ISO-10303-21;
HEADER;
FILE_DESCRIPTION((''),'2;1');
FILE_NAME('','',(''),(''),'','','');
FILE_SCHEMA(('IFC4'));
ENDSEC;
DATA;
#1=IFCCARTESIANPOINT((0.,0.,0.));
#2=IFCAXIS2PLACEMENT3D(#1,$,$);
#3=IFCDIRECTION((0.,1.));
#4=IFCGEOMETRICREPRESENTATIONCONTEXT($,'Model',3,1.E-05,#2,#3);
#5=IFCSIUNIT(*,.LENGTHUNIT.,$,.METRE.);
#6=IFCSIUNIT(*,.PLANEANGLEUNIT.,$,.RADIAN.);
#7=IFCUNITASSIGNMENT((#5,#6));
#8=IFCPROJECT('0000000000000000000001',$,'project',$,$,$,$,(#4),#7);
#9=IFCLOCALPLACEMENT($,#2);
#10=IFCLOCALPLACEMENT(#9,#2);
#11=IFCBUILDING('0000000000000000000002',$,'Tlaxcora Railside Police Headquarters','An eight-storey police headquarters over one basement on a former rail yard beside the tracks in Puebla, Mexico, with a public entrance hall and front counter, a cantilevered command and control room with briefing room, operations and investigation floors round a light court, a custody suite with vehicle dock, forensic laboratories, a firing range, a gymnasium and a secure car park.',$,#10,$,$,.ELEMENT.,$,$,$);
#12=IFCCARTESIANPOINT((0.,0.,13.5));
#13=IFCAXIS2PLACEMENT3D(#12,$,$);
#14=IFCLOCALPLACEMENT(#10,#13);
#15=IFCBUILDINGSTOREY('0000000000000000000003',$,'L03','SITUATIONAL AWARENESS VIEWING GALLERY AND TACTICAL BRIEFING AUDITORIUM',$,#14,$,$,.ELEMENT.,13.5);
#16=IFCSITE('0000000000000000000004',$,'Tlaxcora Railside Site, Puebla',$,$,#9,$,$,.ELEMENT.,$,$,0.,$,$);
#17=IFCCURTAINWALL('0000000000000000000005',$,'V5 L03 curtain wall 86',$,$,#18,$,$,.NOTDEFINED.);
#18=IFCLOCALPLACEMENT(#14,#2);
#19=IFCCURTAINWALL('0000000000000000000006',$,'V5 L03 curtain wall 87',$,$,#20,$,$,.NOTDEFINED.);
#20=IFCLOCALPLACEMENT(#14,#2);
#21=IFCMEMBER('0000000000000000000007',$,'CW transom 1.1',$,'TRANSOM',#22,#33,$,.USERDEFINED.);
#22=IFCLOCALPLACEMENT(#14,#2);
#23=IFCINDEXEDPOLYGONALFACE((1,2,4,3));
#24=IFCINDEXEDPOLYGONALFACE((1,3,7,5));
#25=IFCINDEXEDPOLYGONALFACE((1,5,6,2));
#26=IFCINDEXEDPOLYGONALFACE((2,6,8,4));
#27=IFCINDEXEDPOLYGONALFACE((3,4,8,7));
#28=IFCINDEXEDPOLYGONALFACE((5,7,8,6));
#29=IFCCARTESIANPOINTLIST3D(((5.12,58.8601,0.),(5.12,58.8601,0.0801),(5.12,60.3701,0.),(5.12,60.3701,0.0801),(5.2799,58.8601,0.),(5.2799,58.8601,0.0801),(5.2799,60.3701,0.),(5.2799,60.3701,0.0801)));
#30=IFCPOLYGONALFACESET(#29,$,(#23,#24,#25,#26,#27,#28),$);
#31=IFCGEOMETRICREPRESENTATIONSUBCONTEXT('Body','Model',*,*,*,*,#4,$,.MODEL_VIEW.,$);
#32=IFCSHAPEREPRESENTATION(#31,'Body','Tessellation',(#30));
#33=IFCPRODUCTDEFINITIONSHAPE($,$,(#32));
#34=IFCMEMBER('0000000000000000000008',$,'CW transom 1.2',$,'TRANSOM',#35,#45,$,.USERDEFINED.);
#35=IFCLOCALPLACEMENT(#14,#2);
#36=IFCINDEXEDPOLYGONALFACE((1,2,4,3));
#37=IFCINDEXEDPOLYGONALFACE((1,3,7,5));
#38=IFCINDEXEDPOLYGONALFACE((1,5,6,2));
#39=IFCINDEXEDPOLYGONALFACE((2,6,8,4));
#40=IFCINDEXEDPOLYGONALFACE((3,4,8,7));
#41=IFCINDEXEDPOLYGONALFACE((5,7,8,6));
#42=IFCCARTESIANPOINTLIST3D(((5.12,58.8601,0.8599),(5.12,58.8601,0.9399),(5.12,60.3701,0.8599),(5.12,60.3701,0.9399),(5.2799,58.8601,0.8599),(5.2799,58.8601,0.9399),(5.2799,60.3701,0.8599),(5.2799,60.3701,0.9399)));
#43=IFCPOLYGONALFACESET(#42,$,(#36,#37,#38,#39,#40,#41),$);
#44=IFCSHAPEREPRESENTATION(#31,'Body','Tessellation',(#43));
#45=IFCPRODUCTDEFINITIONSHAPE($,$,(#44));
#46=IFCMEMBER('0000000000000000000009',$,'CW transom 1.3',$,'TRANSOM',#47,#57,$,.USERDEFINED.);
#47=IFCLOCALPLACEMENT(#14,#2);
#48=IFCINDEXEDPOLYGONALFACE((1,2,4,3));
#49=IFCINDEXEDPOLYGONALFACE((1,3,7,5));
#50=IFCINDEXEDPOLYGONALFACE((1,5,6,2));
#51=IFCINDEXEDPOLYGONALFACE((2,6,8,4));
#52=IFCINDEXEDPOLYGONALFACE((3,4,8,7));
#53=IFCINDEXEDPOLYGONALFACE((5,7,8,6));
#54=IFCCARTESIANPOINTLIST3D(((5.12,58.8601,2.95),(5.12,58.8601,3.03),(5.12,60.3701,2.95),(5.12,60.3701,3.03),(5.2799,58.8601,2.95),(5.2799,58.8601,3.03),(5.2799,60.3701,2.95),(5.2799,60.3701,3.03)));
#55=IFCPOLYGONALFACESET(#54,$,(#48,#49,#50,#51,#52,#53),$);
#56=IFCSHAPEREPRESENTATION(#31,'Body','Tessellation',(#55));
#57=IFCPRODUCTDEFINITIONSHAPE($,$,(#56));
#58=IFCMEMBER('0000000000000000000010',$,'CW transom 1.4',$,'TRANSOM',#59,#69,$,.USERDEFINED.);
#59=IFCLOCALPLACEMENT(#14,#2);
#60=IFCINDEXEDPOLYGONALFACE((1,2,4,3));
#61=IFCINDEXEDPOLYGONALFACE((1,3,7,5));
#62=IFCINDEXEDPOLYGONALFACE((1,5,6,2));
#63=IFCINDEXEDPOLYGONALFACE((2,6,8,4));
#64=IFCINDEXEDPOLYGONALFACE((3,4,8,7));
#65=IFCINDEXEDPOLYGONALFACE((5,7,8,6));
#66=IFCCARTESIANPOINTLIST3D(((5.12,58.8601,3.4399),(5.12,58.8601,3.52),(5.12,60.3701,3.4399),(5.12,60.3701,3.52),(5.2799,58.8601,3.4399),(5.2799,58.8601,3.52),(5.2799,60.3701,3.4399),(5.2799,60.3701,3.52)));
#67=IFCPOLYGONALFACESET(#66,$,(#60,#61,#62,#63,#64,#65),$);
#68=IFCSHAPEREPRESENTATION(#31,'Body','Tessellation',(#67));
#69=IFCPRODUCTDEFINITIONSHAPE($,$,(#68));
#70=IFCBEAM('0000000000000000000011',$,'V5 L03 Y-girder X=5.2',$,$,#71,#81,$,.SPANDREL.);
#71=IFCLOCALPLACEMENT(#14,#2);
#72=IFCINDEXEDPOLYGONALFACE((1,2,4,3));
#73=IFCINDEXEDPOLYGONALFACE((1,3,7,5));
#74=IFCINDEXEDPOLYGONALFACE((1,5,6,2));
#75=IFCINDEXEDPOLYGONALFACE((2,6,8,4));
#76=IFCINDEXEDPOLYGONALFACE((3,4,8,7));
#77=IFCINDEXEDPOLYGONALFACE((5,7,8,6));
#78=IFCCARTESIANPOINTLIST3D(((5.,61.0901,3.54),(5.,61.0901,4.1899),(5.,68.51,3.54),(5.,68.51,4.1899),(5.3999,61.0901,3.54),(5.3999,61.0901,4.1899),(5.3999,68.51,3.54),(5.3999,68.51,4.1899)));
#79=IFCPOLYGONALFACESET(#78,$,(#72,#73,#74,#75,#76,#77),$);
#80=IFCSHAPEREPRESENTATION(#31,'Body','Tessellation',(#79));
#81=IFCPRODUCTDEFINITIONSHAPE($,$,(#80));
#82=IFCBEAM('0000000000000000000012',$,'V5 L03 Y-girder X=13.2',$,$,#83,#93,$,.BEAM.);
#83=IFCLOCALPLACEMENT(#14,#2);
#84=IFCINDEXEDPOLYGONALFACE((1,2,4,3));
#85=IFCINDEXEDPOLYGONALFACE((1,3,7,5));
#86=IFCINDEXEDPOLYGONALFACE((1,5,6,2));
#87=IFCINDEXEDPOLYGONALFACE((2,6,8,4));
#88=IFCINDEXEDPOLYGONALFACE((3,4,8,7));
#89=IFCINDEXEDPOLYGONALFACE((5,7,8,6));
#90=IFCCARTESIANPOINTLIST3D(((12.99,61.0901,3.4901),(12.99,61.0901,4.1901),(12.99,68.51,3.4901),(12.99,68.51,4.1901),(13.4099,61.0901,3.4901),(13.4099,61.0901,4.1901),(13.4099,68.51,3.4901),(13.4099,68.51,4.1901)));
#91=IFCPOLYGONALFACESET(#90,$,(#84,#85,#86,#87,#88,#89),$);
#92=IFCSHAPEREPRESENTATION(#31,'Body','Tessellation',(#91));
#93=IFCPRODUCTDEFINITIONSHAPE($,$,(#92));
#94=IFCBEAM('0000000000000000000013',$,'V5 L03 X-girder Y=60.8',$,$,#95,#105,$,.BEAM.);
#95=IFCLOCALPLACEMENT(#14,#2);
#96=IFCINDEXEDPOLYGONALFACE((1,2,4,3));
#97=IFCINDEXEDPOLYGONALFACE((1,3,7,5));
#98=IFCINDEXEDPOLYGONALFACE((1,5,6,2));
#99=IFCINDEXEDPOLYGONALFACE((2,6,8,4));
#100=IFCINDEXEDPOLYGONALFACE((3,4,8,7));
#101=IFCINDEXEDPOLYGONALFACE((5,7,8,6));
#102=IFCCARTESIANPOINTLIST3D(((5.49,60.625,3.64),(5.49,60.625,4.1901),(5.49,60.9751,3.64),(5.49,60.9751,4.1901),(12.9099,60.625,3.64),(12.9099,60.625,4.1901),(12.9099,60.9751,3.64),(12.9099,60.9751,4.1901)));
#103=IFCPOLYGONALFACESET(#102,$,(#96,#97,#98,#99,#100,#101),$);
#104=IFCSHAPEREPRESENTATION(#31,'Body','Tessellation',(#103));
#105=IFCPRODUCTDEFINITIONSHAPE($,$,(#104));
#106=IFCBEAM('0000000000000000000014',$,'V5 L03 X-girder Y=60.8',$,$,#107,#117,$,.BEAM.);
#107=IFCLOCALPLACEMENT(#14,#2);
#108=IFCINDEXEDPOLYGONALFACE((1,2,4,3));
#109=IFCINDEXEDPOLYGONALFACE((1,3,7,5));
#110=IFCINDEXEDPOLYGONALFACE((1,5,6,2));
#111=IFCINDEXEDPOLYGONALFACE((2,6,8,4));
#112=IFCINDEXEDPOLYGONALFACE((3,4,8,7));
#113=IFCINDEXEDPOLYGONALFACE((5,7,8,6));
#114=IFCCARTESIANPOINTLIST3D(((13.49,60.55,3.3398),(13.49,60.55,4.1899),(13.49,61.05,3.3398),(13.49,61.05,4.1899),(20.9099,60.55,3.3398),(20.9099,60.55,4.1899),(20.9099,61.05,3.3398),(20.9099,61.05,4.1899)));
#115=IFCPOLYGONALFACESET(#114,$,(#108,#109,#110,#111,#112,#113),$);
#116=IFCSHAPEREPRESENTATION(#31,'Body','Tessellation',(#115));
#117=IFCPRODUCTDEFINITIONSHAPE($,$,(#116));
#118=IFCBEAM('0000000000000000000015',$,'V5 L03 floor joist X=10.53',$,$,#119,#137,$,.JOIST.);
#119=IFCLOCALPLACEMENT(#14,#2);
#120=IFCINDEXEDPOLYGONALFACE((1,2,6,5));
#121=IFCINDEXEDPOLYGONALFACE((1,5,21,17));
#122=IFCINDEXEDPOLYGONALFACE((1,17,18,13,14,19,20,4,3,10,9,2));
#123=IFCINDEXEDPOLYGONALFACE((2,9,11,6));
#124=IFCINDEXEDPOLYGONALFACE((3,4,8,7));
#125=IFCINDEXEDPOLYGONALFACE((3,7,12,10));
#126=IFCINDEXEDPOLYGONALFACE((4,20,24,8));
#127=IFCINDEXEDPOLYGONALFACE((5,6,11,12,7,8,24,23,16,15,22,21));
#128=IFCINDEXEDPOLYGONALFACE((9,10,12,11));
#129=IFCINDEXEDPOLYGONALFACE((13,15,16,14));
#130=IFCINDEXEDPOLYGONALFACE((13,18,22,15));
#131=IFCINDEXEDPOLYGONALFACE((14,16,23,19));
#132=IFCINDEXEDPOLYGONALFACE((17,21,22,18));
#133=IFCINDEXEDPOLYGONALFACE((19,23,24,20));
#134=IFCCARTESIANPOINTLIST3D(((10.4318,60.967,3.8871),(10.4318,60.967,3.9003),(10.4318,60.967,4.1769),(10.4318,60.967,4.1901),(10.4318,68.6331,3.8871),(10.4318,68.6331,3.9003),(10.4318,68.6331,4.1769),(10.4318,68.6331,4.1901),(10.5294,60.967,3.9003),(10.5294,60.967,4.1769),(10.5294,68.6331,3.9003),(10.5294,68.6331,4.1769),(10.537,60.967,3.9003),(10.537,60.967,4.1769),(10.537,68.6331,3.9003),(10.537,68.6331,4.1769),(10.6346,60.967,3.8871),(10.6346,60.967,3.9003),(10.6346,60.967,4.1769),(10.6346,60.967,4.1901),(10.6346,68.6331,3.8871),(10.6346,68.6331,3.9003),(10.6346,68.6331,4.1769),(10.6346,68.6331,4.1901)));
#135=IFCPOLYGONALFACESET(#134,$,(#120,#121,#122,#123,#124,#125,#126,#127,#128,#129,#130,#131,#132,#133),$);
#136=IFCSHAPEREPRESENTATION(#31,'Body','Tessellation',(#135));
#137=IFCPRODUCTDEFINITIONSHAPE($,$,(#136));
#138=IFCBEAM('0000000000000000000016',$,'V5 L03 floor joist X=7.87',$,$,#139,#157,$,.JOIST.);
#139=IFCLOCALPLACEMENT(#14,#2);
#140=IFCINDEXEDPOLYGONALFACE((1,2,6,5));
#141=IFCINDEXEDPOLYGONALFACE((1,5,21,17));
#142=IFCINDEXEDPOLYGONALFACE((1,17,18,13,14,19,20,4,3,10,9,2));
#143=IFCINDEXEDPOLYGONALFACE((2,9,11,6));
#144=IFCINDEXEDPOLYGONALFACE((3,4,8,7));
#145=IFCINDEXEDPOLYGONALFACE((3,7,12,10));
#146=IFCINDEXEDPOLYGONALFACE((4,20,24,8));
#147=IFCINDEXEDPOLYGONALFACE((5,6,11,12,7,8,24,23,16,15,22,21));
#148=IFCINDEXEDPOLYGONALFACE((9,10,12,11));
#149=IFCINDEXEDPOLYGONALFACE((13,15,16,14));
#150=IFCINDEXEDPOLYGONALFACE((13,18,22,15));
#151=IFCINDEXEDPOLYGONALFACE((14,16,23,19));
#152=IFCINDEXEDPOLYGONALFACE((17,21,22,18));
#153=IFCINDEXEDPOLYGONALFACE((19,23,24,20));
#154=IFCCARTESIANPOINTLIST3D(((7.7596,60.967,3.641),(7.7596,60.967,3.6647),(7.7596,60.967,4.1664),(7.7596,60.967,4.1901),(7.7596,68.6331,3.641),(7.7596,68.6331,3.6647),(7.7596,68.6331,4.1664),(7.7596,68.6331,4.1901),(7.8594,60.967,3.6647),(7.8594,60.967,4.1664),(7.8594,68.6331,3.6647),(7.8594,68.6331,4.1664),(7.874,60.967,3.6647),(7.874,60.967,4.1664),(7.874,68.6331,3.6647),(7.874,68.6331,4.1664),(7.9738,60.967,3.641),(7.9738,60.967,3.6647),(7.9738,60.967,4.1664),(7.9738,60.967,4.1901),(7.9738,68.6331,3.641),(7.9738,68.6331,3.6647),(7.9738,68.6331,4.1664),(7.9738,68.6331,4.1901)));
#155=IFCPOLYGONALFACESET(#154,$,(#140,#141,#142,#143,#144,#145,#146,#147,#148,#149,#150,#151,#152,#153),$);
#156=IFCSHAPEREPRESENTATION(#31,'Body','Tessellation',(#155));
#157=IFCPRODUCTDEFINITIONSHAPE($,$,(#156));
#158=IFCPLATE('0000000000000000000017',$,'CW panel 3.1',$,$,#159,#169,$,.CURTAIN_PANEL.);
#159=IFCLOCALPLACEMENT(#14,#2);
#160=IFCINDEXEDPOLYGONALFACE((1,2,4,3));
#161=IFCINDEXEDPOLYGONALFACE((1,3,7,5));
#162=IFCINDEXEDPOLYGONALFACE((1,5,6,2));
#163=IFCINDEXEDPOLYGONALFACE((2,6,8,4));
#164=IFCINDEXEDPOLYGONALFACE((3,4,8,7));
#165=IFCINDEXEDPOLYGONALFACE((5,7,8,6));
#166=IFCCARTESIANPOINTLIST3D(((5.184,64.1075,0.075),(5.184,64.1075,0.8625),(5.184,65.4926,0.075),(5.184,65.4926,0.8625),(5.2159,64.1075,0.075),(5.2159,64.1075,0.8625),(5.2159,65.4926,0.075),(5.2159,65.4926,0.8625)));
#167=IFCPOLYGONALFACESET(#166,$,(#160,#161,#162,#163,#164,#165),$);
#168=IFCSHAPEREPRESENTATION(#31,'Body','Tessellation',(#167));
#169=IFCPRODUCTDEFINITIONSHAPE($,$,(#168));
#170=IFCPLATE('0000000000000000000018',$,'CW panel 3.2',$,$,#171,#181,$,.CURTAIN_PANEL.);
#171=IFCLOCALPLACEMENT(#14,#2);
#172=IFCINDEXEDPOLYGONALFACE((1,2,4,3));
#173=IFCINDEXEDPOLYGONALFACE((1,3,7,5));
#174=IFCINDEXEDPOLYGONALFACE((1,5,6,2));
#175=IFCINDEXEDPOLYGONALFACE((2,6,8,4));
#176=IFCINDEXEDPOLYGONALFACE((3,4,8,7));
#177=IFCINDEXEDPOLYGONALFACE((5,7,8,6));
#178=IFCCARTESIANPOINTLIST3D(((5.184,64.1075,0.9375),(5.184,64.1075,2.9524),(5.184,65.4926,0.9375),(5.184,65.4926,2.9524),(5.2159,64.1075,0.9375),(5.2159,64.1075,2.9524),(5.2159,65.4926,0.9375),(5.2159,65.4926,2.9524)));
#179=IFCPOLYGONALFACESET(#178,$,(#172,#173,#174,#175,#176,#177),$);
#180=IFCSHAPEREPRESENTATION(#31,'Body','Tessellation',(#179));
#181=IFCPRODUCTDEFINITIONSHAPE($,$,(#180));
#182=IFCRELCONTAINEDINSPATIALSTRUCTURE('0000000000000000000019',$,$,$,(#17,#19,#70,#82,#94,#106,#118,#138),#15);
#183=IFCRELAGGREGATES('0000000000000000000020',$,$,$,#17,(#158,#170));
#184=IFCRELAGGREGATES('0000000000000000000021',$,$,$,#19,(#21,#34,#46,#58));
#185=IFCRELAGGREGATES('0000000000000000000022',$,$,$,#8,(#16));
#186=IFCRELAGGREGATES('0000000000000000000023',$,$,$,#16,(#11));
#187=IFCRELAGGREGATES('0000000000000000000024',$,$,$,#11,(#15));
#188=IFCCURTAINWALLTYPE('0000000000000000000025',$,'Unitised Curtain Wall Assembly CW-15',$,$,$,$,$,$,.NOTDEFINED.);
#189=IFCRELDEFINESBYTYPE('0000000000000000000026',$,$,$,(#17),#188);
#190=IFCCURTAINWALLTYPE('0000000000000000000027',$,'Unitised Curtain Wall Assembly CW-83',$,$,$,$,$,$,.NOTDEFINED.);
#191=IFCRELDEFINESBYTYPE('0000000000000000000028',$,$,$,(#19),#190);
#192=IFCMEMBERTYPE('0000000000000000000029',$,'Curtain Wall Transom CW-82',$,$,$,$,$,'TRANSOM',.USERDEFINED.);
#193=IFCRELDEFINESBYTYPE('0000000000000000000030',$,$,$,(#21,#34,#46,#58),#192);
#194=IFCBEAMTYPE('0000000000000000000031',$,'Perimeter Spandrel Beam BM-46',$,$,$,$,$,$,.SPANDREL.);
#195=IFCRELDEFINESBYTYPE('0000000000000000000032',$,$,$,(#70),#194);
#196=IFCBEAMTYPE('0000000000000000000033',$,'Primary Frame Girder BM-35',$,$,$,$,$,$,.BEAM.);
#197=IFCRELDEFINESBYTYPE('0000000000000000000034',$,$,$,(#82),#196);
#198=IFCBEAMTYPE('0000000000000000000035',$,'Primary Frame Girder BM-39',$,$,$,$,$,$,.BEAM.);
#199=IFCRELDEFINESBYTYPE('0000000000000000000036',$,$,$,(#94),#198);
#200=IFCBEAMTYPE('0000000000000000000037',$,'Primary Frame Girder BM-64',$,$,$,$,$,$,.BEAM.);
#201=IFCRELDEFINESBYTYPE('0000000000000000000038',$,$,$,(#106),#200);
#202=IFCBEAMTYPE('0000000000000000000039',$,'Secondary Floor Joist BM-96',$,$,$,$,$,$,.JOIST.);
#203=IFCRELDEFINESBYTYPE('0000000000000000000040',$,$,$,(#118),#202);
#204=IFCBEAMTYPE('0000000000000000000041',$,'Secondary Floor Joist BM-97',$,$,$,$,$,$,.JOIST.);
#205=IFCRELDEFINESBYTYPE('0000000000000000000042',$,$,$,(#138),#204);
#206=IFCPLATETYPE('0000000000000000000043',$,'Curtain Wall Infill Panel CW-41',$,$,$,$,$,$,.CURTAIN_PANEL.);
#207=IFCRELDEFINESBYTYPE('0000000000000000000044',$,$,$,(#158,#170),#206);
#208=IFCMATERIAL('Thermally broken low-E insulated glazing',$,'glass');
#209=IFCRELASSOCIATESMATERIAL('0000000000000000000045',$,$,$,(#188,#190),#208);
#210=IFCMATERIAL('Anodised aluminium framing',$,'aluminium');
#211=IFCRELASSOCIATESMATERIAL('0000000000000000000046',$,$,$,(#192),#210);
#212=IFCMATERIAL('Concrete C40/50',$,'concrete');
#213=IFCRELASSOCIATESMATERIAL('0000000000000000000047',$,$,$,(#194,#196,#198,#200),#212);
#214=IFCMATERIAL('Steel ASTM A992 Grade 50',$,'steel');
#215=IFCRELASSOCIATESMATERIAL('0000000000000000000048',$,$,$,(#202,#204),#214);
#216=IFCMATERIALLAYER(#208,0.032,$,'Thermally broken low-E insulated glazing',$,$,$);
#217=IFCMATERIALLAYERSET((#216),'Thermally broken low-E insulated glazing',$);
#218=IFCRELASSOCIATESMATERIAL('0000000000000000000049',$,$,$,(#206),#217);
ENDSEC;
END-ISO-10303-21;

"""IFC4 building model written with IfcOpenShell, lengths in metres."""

from ifc_helpers import new_model, si_unit, direction, frame, origin, origin_2d, place, context, subcontext, project, spatial, rectangle, i_section, extrude, material, layer, layer_set, material_profile, profile_set, type_object, element, aggregate, save


model = new_model("IFC4")

# Units and contexts
model_context = context("Model", 3, precision=1e-05, world=origin(), true_north=direction((0.0, 1.0)))
body_context = subcontext(model_context, "Body", "Model", "MODEL_VIEW")
ifc_project = project(units=[si_unit("LENGTHUNIT", "METRE"), si_unit("PLANEANGLEUNIT", "RADIAN")], contexts=[model_context])

# Site, building, storey
site_placement = place(None, origin())
site = spatial("IfcSite", under=ifc_project, at=site_placement, Name="Tlaxcora Railside Site, Puebla", CompositionType="ELEMENT", RefElevation=0.0)
building_placement = place(site_placement, origin())
building = spatial("IfcBuilding", under=site, at=building_placement, Name="Tlaxcora Railside Police Headquarters", Description="An eight-storey police headquarters over one basement on a former rail yard beside the tracks in Puebla, Mexico, with a public entrance hall and front counter, a cantilevered command and control room with briefing room, operations and investigation floors round a light court, a custody suite with vehicle dock, forensic laboratories, a firing range, a gymnasium and a secure car park.", CompositionType="ELEMENT")
storey_placement = place(building_placement, frame((0.0, 0.0, 13.5)))
storey = spatial("IfcBuildingStorey", under=building, at=storey_placement, Name="L03", Description="SITUATIONAL AWARENESS VIEWING GALLERY AND TACTICAL BRIEFING AUDITORIUM", CompositionType="ELEMENT", Elevation=13.5)

# Shared definitions
ifc_material_1 = material(Name="Concrete C40/50", Category="concrete")

# Curtain wall
ifc_material_2 = material(Name="Thermally broken low-E insulated glazing", Category="glass")
curtain_wall_type_1 = type_object("IfcCurtainWallType", Name="Unitised Curtain Wall Assembly CW-15", PredefinedType="NOTDEFINED", material=ifc_material_2)
curtain_wall_1_placement = place(storey_placement, origin())
curtain_wall_1 = element("IfcCurtainWall", 1, at=curtain_wall_1_placement, inside=storey, type_object=curtain_wall_type_1, Name="V5 L03 curtain wall 86", PredefinedType="NOTDEFINED")
ifc_material_3 = material(Name="Anodised aluminium framing", Category="aluminium")

# Curtain wall
curtain_wall_type_2 = type_object("IfcCurtainWallType", Name="Unitised Curtain Wall Assembly CW-83", PredefinedType="NOTDEFINED", material=ifc_material_2)
curtain_wall_2_placement = place(storey_placement, origin())
curtain_wall_2 = element("IfcCurtainWall", 2, at=curtain_wall_2_placement, inside=storey, type_object=curtain_wall_type_2, Name="V5 L03 curtain wall 87", PredefinedType="NOTDEFINED")

# Members
ifc_material_profile_1 = material_profile(ifc_material_3, rectangle(XDim=0.1599, YDim=0.0801, at=origin_2d()), Name="AL80X160")
ifc_profile_set_1 = profile_set([ifc_material_profile_1], Name="Anodised aluminium framing")
member_type_1 = type_object("IfcMemberType", Name="Curtain Wall Transom CW-82", ElementType="TRANSOM", PredefinedType="USERDEFINED", material=ifc_profile_set_1)
member_1_placement = place(storey_placement, frame((5.2, 60.3701, 0.04), z_axis=(0.0, -1.0, 0.0), x_axis=(1.0, 0.0, 0.0)))
member_1 = element("IfcMember", 3, at=member_1_placement, type_object=member_type_1, Name="CW transom 1.1", ObjectType="TRANSOM", PredefinedType="USERDEFINED", context=body_context, shape_type="SweptSolid", body=[
    extrude(rectangle(XDim=0.1599, YDim=0.0801, at=origin_2d()), origin(), (0.0, 0.0, 1.0), 1.51),
])
member_2_placement = place(storey_placement, frame((5.2, 60.3701, 0.8999), z_axis=(0.0, -1.0, 0.0), x_axis=(1.0, 0.0, 0.0)))
member_2 = element("IfcMember", 4, at=member_2_placement, type_object=member_type_1, Name="CW transom 1.2", ObjectType="TRANSOM", PredefinedType="USERDEFINED", context=body_context, shape_type="SweptSolid", body=[
    extrude(rectangle(XDim=0.1599, YDim=0.0801, at=origin_2d()), origin(), (0.0, 0.0, 1.0), 1.51),
])
member_3_placement = place(storey_placement, frame((5.2, 60.3701, 2.99), z_axis=(0.0, -1.0, 0.0), x_axis=(1.0, 0.0, 0.0)))
member_3 = element("IfcMember", 5, at=member_3_placement, type_object=member_type_1, Name="CW transom 1.3", ObjectType="TRANSOM", PredefinedType="USERDEFINED", context=body_context, shape_type="SweptSolid", body=[
    extrude(rectangle(XDim=0.1599, YDim=0.0801, at=origin_2d()), origin(), (0.0, 0.0, 1.0), 1.51),
])
member_4_placement = place(storey_placement, frame((5.2, 60.3701, 3.48), z_axis=(0.0, -1.0, 0.0), x_axis=(1.0, 0.0, 0.0)))
member_4 = element("IfcMember", 6, at=member_4_placement, type_object=member_type_1, Name="CW transom 1.4", ObjectType="TRANSOM", PredefinedType="USERDEFINED", context=body_context, shape_type="SweptSolid", body=[
    extrude(rectangle(XDim=0.1599, YDim=0.0801, at=origin_2d()), origin(), (0.0, 0.0, 1.0), 1.51),
])

# Beams
ifc_material_profile_2 = material_profile(ifc_material_1, rectangle(XDim=0.3999, YDim=0.6499, at=origin_2d()), Name="RC400X650")
ifc_profile_set_2 = profile_set([ifc_material_profile_2], Name="Concrete C40/50")
beam_type_1 = type_object("IfcBeamType", Name="Perimeter Spandrel Beam BM-46", PredefinedType="SPANDREL", material=ifc_profile_set_2)
beam_1_placement = place(storey_placement, frame((5.2, 61.0901, 3.865), z_axis=(0.0, 1.0, 0.0), x_axis=(-1.0, 0.0, 0.0)))
element("IfcBeam", 7, at=beam_1_placement, inside=storey, type_object=beam_type_1, Name="V5 L03 Y-girder X=5.2", PredefinedType="SPANDREL", context=body_context, shape_type="SweptSolid", body=[
    extrude(rectangle(XDim=0.3999, YDim=0.6499, at=origin_2d()), origin(), (0.0, 0.0, 1.0), 7.4199),
])
ifc_material_profile_3 = material_profile(ifc_material_1, rectangle(XDim=0.4199, YDim=0.7, at=origin_2d()), Name="RC420X700")
ifc_profile_set_3 = profile_set([ifc_material_profile_3], Name="Concrete C40/50")
beam_type_2 = type_object("IfcBeamType", Name="Primary Frame Girder BM-35", PredefinedType="BEAM", material=ifc_profile_set_3)
beam_2_placement = place(storey_placement, frame((13.2, 61.0901, 3.8401), z_axis=(0.0, 1.0, 0.0), x_axis=(-1.0, 0.0, 0.0)))
element("IfcBeam", 8, at=beam_2_placement, inside=storey, type_object=beam_type_2, Name="V5 L03 Y-girder X=13.2", PredefinedType="BEAM", context=body_context, shape_type="SweptSolid", body=[
    extrude(rectangle(XDim=0.4199, YDim=0.7, at=origin_2d()), origin(), (0.0, 0.0, 1.0), 7.4199),
])
ifc_material_profile_4 = material_profile(ifc_material_1, rectangle(XDim=0.3501, YDim=0.55, at=origin_2d()), Name="RC350X550")
ifc_profile_set_4 = profile_set([ifc_material_profile_4], Name="Concrete C40/50")
beam_type_3 = type_object("IfcBeamType", Name="Primary Frame Girder BM-39", PredefinedType="BEAM", material=ifc_profile_set_4)
beam_3_placement = place(storey_placement, frame((5.49, 60.8, 3.915), z_axis=(1.0, 0.0, 0.0), x_axis=(0.0, 1.0, 0.0)))
element("IfcBeam", 9, at=beam_3_placement, inside=storey, type_object=beam_type_3, Name="V5 L03 X-girder Y=60.8", PredefinedType="BEAM", context=body_context, shape_type="SweptSolid", body=[
    extrude(rectangle(XDim=0.3501, YDim=0.55, at=origin_2d()), origin(), (0.0, 0.0, 1.0), 7.4199),
])
ifc_material_profile_5 = material_profile(ifc_material_1, rectangle(XDim=0.5, YDim=0.8501, at=origin_2d()), Name="RC500X850")
ifc_profile_set_5 = profile_set([ifc_material_profile_5], Name="Concrete C40/50")
beam_type_4 = type_object("IfcBeamType", Name="Primary Frame Girder BM-64", PredefinedType="BEAM", material=ifc_profile_set_5)
beam_4_placement = place(storey_placement, frame((13.49, 60.8, 3.7649), z_axis=(1.0, 0.0, 0.0), x_axis=(0.0, 1.0, 0.0)))
element("IfcBeam", 10, at=beam_4_placement, inside=storey, type_object=beam_type_4, Name="V5 L03 X-girder Y=60.8", PredefinedType="BEAM", context=body_context, shape_type="SweptSolid", body=[
    extrude(rectangle(XDim=0.5, YDim=0.8501, at=origin_2d()), origin(), (0.0, 0.0, 1.0), 7.4199),
])
ifc_material_4 = material(Name="Steel ASTM A992 Grade 50", Category="steel")
ifc_material_profile_6 = material_profile(ifc_material_4, i_section(OverallWidth=0.2029, OverallDepth=0.303, WebThickness=0.0076, FlangeThickness=0.0132, at=origin_2d()), Name="W12X40")
ifc_profile_set_6 = profile_set([ifc_material_profile_6], Name="Steel ASTM A992 Grade 50")
beam_type_5 = type_object("IfcBeamType", Name="Secondary Floor Joist BM-96", PredefinedType="JOIST", material=ifc_profile_set_6)
beam_5_placement = place(storey_placement, frame((10.5332, 60.967, 4.0386), z_axis=(0.0, 1.0, 0.0), x_axis=(-1.0, 0.0, 0.0)))
element("IfcBeam", 11, at=beam_5_placement, inside=storey, type_object=beam_type_5, Name="V5 L03 floor joist X=10.53", PredefinedType="JOIST", context=body_context, shape_type="SweptSolid", body=[
    extrude(i_section(OverallWidth=0.2029, OverallDepth=0.303, WebThickness=0.0076, FlangeThickness=0.0132, at=origin_2d()), origin(), (0.0, 0.0, 1.0), 7.666),
])
ifc_material_profile_7 = material_profile(ifc_material_4, i_section(OverallWidth=0.2141, OverallDepth=0.5491, WebThickness=0.0146, FlangeThickness=0.0237, at=origin_2d()), Name="W21X93")
ifc_profile_set_7 = profile_set([ifc_material_profile_7], Name="Steel ASTM A992 Grade 50")
beam_type_6 = type_object("IfcBeamType", Name="Secondary Floor Joist BM-97", PredefinedType="JOIST", material=ifc_profile_set_7)
beam_6_placement = place(storey_placement, frame((7.8667, 60.967, 3.9155), z_axis=(0.0, 1.0, 0.0), x_axis=(-1.0, 0.0, 0.0)))
element("IfcBeam", 12, at=beam_6_placement, inside=storey, type_object=beam_type_6, Name="V5 L03 floor joist X=7.87", PredefinedType="JOIST", context=body_context, shape_type="SweptSolid", body=[
    extrude(i_section(OverallWidth=0.2141, OverallDepth=0.5491, WebThickness=0.0146, FlangeThickness=0.0237, at=origin_2d()), origin(), (0.0, 0.0, 1.0), 7.666),
])

# Plates
ifc_layer_1 = layer(ifc_material_2, 0.032, Name="Thermally broken low-E insulated glazing")
ifc_layer_set_1 = layer_set([ifc_layer_1], Name="Thermally broken low-E insulated glazing")
plate_type_1 = type_object("IfcPlateType", Name="Curtain Wall Infill Panel CW-41", PredefinedType="CURTAIN_PANEL", material=ifc_layer_set_1)
plate_1_placement = place(storey_placement, frame((5.2, 64.8, 0.075), z_axis=(0.0, 0.0, 1.0), x_axis=(0.0, -1.0, 0.0)))
plate_1 = element("IfcPlate", 13, at=plate_1_placement, type_object=plate_type_1, Name="CW panel 3.1", PredefinedType="CURTAIN_PANEL", context=body_context, shape_type="SweptSolid", body=[
    extrude(rectangle(XDim=1.385, YDim=0.032, at=origin_2d()), origin(), (0.0, 0.0, 1.0), 0.7876),
])
plate_2_placement = place(storey_placement, frame((5.2, 64.8, 0.9375), z_axis=(0.0, 0.0, 1.0), x_axis=(0.0, -1.0, 0.0)))
plate_2 = element("IfcPlate", 14, at=plate_2_placement, type_object=plate_type_1, Name="CW panel 3.2", PredefinedType="CURTAIN_PANEL", context=body_context, shape_type="SweptSolid", body=[
    extrude(rectangle(XDim=1.385, YDim=0.032, at=origin_2d()), origin(), (0.0, 0.0, 1.0), 2.0149),
])
aggregate(curtain_wall_1, [plate_1, plate_2])
aggregate(curtain_wall_2, [member_1, member_2, member_3, member_4])

save(model, "model.ifc")
